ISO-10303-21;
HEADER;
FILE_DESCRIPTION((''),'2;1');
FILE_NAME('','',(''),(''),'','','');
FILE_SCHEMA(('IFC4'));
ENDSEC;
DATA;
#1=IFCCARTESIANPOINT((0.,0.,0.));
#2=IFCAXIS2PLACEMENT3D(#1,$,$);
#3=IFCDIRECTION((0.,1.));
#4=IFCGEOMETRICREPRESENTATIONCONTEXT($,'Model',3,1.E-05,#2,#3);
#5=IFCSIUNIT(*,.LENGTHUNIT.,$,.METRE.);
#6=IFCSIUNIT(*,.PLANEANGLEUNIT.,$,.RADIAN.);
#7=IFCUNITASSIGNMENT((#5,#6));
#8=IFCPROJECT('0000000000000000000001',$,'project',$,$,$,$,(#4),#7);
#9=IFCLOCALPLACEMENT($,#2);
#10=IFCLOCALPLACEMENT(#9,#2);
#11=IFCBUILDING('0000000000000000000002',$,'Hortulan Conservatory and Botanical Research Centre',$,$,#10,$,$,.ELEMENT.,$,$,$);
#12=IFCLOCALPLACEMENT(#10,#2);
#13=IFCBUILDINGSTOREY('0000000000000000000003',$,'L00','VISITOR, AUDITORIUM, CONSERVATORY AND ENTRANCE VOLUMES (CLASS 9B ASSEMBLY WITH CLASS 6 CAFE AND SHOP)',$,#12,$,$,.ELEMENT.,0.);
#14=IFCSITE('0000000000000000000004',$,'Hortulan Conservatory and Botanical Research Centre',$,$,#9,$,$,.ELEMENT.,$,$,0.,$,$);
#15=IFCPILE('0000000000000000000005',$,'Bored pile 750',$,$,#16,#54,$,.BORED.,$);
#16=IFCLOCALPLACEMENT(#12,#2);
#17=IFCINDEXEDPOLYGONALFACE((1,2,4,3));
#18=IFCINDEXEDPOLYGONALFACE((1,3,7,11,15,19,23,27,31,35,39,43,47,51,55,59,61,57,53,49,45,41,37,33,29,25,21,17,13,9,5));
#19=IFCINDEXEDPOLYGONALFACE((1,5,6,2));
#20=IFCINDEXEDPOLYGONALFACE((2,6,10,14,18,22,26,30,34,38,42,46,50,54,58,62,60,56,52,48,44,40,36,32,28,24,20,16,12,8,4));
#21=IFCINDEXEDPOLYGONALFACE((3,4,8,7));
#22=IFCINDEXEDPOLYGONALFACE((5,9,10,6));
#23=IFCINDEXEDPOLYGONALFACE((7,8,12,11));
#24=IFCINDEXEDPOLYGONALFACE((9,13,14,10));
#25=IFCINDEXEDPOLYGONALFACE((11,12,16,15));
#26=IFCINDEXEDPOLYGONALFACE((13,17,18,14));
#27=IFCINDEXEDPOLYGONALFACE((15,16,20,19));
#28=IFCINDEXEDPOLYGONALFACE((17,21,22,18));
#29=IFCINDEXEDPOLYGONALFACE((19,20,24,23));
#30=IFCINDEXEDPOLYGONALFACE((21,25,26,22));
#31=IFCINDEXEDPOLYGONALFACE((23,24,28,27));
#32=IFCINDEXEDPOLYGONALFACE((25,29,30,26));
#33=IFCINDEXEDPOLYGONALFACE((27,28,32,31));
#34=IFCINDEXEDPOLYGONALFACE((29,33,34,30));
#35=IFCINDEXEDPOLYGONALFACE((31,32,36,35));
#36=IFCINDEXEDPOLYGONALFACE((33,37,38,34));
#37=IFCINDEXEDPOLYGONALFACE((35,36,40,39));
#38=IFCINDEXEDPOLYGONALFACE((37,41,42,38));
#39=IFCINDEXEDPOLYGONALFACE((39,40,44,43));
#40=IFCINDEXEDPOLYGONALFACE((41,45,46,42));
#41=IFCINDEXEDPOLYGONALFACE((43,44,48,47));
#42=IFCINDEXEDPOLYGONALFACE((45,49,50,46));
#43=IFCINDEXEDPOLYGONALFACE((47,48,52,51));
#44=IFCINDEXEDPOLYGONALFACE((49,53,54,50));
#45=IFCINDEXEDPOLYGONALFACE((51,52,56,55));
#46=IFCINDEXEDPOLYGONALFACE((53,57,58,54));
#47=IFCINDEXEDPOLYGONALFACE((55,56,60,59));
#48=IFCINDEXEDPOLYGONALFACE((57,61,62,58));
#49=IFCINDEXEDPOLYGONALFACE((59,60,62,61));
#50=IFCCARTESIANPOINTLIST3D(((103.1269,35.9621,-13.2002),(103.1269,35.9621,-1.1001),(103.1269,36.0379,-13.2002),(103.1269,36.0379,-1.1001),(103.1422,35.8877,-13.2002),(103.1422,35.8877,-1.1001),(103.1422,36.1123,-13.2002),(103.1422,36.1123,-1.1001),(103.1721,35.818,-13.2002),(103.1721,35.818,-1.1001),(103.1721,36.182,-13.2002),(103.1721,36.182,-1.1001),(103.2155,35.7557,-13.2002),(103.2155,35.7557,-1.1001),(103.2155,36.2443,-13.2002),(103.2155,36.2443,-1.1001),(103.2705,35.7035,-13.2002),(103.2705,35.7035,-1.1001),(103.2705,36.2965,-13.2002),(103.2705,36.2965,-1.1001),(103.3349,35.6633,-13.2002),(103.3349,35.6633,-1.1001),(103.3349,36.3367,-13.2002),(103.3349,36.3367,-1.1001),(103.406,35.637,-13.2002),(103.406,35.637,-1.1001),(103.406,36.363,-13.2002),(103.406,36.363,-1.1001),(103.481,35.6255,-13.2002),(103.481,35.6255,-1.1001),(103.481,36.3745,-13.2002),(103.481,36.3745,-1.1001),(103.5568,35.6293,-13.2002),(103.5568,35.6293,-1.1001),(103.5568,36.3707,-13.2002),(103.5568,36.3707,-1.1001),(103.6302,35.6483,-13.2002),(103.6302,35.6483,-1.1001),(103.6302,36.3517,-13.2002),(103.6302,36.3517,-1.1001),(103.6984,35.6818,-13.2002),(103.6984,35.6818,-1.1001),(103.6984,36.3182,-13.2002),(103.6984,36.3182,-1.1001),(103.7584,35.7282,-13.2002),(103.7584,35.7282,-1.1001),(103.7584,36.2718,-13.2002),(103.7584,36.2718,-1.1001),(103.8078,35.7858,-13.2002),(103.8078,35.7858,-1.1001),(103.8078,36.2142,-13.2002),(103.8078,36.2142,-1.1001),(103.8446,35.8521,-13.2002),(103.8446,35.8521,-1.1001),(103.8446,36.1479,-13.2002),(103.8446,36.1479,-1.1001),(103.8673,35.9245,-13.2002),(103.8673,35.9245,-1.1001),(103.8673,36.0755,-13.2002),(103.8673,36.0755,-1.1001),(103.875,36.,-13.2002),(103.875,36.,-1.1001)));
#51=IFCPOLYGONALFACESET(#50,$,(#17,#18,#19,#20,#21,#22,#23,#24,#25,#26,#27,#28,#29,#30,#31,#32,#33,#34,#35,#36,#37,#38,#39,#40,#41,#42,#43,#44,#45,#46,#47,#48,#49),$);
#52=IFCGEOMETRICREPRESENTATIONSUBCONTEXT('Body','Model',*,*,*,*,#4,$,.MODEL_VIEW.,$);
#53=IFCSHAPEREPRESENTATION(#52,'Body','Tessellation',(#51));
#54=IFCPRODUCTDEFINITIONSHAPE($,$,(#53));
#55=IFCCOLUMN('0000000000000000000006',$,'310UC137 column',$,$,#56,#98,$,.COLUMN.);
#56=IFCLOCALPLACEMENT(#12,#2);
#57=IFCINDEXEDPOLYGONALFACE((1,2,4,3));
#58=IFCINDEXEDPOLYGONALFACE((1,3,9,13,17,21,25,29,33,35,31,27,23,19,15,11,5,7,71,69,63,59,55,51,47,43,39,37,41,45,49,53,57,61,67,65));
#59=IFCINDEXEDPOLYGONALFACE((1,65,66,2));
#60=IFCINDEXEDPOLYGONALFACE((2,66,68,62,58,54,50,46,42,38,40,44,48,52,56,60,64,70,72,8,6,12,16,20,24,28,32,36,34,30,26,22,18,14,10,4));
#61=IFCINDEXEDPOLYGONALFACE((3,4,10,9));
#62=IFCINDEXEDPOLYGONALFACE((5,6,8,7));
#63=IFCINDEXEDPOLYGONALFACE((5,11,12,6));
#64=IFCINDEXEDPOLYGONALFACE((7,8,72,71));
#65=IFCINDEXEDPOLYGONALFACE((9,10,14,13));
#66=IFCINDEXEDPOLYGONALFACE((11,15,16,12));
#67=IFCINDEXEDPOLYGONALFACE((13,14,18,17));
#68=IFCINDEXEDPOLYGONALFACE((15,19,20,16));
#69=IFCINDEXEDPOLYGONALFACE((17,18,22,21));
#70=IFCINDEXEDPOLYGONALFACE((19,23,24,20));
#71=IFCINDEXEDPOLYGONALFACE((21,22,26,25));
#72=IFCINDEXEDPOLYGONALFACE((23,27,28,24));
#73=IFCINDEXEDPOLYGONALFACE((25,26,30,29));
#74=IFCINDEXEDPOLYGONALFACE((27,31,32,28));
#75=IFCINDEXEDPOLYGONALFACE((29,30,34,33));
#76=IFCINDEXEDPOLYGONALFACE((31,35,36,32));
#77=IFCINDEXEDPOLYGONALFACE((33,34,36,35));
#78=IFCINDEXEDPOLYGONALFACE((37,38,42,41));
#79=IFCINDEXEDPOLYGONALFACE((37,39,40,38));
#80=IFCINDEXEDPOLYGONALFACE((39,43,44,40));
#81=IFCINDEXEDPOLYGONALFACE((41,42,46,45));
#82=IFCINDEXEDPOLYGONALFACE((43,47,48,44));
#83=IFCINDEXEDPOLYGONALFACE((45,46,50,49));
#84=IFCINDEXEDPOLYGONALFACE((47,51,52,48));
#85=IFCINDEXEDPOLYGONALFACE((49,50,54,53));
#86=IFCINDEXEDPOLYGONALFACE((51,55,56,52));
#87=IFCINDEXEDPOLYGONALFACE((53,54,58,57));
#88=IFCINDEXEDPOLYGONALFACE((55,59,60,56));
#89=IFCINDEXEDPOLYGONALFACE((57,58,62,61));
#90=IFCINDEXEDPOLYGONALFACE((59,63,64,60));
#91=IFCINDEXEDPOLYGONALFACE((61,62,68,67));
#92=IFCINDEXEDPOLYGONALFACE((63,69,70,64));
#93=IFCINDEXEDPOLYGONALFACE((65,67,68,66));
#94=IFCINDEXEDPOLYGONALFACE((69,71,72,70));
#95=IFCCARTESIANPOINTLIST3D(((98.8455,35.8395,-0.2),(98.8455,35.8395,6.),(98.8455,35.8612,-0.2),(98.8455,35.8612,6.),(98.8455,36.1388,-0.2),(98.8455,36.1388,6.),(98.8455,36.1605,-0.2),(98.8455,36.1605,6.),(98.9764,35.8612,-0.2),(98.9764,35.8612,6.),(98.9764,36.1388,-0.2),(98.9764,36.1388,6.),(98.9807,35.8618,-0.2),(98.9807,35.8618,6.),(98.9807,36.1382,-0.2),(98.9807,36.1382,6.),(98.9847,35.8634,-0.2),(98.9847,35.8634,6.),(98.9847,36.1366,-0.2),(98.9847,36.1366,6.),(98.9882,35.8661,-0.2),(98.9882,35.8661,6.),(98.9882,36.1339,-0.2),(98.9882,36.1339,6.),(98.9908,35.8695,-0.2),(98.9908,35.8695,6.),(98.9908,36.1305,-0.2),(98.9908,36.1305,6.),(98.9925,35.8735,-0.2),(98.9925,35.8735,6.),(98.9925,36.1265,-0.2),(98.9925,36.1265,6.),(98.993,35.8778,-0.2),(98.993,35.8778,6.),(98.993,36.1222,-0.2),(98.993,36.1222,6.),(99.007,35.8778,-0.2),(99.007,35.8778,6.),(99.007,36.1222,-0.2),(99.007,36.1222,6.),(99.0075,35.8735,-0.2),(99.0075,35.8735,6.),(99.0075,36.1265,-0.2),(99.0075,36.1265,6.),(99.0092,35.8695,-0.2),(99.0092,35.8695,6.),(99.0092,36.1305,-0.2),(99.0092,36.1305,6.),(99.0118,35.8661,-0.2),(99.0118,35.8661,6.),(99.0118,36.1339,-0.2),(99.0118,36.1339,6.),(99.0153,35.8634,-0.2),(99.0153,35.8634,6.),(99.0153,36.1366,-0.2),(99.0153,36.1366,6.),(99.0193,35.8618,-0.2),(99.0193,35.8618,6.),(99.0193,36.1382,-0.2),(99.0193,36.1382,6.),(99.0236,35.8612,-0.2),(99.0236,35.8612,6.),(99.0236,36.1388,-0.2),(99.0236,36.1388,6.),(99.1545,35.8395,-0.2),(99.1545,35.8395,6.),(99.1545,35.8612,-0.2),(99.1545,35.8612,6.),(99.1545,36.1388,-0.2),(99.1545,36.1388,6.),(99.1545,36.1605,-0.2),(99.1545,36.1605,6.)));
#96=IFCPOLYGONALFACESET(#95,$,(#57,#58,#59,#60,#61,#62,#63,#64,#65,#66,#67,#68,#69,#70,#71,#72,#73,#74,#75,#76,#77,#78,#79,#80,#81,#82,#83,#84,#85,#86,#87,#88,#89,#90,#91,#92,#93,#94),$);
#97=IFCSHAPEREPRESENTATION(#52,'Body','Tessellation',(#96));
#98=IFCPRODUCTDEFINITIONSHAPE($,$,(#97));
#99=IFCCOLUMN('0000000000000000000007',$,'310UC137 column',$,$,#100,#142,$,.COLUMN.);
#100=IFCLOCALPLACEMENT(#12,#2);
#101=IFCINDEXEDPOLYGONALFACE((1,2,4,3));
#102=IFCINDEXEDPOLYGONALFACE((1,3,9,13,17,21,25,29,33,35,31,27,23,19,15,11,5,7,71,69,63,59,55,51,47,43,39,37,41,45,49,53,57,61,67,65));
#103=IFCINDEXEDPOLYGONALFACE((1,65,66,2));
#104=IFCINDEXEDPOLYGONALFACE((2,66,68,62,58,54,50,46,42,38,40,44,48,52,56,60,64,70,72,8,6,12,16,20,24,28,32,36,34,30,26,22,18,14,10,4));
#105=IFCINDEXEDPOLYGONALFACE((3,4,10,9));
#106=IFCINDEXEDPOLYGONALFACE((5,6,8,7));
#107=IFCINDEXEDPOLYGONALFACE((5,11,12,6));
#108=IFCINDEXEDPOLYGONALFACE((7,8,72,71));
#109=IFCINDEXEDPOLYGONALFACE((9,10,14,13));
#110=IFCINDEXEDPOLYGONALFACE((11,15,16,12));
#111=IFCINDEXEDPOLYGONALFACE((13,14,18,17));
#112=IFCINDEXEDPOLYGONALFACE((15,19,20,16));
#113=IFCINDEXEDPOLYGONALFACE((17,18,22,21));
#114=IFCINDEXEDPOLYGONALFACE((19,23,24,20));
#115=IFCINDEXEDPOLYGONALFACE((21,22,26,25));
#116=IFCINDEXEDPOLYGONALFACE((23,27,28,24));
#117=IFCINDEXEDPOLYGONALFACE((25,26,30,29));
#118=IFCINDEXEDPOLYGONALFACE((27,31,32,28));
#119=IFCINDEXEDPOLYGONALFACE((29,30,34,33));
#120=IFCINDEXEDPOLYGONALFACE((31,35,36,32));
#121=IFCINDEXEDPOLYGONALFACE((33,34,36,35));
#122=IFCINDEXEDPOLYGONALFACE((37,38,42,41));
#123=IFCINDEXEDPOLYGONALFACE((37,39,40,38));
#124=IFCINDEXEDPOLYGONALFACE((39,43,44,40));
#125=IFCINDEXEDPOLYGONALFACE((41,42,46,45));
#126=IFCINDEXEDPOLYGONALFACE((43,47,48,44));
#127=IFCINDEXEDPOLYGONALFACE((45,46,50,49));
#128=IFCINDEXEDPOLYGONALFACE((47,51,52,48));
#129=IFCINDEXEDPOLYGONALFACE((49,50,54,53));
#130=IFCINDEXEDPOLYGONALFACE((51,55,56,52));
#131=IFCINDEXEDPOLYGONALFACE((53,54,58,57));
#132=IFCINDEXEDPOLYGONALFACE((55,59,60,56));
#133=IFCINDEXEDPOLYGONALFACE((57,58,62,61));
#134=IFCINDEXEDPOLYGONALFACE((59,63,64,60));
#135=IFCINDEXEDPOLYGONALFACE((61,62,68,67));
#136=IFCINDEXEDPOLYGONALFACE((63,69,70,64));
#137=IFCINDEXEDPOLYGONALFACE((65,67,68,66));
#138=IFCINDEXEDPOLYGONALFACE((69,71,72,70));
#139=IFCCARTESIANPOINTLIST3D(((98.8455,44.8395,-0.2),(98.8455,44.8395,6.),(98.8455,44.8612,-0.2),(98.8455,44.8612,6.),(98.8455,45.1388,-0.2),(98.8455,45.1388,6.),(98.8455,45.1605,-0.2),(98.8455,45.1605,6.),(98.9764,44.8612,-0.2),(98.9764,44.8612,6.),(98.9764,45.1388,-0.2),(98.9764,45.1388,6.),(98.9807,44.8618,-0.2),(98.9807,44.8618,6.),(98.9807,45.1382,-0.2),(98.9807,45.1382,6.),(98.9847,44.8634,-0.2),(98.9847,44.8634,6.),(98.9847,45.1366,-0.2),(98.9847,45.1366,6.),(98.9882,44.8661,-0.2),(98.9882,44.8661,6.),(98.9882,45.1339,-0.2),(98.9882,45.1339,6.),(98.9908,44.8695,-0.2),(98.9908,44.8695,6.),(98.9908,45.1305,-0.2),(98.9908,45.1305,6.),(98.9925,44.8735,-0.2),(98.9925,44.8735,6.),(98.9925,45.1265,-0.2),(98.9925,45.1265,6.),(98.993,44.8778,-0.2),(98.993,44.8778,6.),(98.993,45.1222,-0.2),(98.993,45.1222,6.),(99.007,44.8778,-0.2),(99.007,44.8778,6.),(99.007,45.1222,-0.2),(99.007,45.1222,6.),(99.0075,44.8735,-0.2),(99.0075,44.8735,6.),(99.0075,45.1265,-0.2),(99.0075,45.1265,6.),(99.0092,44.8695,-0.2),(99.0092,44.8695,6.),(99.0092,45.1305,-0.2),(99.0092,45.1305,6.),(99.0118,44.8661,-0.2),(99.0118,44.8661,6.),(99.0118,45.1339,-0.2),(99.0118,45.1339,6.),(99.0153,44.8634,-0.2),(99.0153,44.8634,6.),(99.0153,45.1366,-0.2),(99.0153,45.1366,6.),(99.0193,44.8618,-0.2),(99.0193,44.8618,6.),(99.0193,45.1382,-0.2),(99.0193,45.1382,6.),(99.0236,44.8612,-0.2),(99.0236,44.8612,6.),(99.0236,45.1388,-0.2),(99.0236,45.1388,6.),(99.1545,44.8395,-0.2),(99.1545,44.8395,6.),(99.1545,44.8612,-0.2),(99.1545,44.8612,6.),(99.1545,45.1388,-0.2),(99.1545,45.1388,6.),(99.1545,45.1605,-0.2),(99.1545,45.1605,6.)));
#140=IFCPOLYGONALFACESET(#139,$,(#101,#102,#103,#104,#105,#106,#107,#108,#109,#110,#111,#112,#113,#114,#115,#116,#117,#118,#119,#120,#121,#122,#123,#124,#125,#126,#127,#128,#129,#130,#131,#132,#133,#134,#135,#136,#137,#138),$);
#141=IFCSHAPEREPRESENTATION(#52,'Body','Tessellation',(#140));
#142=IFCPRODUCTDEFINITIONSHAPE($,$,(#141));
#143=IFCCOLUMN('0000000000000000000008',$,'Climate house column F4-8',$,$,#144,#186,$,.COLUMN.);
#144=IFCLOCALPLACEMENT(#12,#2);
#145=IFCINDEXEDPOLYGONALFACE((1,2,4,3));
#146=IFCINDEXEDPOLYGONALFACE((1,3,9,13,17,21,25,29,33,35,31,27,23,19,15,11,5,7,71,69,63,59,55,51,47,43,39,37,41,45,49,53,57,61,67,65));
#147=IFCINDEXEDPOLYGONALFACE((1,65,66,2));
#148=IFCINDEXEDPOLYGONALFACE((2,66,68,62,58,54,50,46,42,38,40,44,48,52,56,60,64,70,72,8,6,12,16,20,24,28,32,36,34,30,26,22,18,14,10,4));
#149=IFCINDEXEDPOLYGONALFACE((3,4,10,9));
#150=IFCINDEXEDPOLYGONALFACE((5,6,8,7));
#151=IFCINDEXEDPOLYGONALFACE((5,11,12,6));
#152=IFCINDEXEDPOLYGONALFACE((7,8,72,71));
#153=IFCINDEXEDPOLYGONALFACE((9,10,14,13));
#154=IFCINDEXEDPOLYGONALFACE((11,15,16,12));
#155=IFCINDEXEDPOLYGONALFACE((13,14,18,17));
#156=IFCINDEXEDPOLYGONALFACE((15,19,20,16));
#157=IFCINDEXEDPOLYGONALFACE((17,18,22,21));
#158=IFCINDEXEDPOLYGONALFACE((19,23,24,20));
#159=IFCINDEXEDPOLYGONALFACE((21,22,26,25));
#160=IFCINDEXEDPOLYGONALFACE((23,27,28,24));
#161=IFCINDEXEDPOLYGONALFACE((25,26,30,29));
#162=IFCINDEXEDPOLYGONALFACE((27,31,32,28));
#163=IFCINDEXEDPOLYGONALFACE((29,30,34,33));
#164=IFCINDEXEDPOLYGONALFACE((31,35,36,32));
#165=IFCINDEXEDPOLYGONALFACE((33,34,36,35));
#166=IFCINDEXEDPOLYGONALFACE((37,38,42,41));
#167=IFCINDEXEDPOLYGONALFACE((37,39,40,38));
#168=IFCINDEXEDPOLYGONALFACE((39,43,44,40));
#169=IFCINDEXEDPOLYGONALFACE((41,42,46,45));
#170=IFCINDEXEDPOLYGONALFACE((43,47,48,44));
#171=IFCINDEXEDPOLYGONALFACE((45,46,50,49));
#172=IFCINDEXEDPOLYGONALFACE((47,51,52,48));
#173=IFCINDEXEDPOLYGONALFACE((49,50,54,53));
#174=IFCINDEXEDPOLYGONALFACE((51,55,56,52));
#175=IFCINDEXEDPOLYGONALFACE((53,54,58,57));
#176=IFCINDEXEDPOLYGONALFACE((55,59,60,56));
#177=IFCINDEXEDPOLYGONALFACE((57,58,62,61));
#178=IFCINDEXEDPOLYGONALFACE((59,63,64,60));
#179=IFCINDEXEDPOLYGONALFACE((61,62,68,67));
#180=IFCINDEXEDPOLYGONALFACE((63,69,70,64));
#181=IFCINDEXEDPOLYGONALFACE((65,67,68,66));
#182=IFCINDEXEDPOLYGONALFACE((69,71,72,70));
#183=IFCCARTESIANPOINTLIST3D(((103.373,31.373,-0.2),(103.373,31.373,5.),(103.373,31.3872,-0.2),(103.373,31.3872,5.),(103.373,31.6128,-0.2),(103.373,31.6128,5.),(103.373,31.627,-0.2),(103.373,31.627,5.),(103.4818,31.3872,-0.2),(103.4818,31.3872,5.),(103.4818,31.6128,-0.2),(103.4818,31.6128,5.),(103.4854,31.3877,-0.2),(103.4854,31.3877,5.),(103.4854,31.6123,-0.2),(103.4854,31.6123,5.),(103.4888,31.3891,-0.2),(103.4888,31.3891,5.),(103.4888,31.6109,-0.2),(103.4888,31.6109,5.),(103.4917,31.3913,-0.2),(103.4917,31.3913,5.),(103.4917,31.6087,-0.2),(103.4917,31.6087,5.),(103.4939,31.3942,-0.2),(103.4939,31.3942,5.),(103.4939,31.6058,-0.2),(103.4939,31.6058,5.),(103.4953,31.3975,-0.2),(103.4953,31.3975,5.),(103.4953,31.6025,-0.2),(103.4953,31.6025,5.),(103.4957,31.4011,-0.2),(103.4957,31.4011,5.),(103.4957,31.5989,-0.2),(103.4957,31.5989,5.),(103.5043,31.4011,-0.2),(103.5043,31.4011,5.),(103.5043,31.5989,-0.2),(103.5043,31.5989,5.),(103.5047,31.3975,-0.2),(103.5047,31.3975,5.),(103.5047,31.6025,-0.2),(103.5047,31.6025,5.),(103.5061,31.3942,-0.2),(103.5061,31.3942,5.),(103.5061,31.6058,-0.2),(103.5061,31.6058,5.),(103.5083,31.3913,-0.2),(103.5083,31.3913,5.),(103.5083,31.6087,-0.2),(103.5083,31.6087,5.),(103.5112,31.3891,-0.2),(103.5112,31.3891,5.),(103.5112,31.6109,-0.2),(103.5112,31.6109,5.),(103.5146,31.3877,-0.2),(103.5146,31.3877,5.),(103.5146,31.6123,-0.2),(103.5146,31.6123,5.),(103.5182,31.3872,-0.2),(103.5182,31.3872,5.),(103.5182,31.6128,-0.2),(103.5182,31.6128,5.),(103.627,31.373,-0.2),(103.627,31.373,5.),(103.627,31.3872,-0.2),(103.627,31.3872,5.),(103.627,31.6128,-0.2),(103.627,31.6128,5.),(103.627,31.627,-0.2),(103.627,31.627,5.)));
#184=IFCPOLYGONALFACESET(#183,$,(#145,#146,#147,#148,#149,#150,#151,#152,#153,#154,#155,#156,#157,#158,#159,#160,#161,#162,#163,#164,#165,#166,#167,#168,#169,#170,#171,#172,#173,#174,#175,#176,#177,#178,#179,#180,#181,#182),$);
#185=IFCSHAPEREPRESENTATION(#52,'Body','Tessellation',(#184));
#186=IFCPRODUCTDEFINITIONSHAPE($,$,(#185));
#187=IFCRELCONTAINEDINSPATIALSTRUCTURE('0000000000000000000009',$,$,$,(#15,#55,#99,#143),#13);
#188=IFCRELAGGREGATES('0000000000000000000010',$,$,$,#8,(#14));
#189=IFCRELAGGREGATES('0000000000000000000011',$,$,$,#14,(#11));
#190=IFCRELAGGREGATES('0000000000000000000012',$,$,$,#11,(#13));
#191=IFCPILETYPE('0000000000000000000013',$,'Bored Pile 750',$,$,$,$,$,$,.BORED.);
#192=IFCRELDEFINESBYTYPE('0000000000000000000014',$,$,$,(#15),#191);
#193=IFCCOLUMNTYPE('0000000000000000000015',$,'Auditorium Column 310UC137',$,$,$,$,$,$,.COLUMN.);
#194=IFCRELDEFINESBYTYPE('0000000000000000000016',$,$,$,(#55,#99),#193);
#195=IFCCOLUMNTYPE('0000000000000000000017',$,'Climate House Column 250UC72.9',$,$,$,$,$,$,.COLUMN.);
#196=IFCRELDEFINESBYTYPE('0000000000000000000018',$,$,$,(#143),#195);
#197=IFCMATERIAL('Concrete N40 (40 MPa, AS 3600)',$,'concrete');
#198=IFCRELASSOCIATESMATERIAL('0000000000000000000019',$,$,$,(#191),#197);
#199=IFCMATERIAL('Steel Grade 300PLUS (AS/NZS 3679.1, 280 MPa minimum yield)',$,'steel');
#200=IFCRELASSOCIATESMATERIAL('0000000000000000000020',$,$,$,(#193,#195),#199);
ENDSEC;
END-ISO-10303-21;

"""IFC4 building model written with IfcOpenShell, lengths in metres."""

from ifc_helpers import new_model, si_unit, direction, frame, origin, origin_2d, place, context, subcontext, project, spatial, circle, i_section, extrude, material, material_profile, profile_set, type_object, element, save


model = new_model("IFC4")

# Units and contexts
model_context = context("Model", 3, precision=1e-05, world=origin(), true_north=direction((0.0, 1.0)))
body_context = subcontext(model_context, "Body", "Model", "MODEL_VIEW")
ifc_project = project(units=[si_unit("LENGTHUNIT", "METRE"), si_unit("PLANEANGLEUNIT", "RADIAN")], contexts=[model_context])

# Site, building, storey
site_placement = place(None, origin())
site = spatial("IfcSite", under=ifc_project, at=site_placement, Name="Hortulan Conservatory and Botanical Research Centre", CompositionType="ELEMENT", RefElevation=0.0)
building_placement = place(site_placement, origin())
building = spatial("IfcBuilding", under=site, at=building_placement, Name="Hortulan Conservatory and Botanical Research Centre", CompositionType="ELEMENT")
storey_placement = place(building_placement, origin())
storey = spatial("IfcBuildingStorey", under=building, at=storey_placement, Name="L00", Description="VISITOR, AUDITORIUM, CONSERVATORY AND ENTRANCE VOLUMES (CLASS 9B ASSEMBLY WITH CLASS 6 CAFE AND SHOP)", CompositionType="ELEMENT", Elevation=0.0)

# Pile
ifc_material_1 = material(Name="Concrete N40 (40 MPa, AS 3600)", Category="concrete")
ifc_material_profile_1 = material_profile(ifc_material_1, circle(Radius=0.375, at=origin_2d()), Name="Bored pile 750 diameter")
ifc_profile_set_1 = profile_set([ifc_material_profile_1], Name="Concrete N40 (40 MPa, AS 3600)")
pile_type = type_object("IfcPileType", Name="Bored Pile 750", PredefinedType="BORED", material=ifc_profile_set_1)
pile_placement = place(storey_placement, frame((103.5, 36.0, -1.1001), z_axis=(0.0, 0.0, -1.0), x_axis=(1.0, 0.0, 0.0)))
element("IfcPile", 1, at=pile_placement, inside=storey, type_object=pile_type, Name="Bored pile 750", PredefinedType="BORED", context=body_context, shape_type="SweptSolid", body=[
    extrude(circle(Radius=0.375, at=origin_2d()), origin(), (0.0, 0.0, 1.0), 12.1001),
])

# Columns
ifc_material_2 = material(Name="Steel Grade 300PLUS (AS/NZS 3679.1, 280 MPa minimum yield)", Category="steel")
ifc_material_profile_2 = material_profile(ifc_material_2, i_section(OverallWidth=0.3091, OverallDepth=0.321, WebThickness=0.0139, FlangeThickness=0.0217, FilletRadius=0.0166, at=origin_2d()), Name="310UC137")
ifc_profile_set_2 = profile_set([ifc_material_profile_2], Name="Steel Grade 300PLUS (AS/NZS 3679.1, 280 MPa minimum yield)")
column_type_1 = type_object("IfcColumnType", Name="Auditorium Column 310UC137", PredefinedType="COLUMN", material=ifc_profile_set_2)
for number, where, z_axis, x_axis, name in (
    (2, (99.0, 36.0, -0.2), (0.0, 0.0, 1.0), (1.0, 0.0, 0.0), "310UC137 column"),
    (3, (99.0, 45.0, -0.2), (0.0, 0.0, 1.0), (1.0, 0.0, 0.0), "310UC137 column"),
):
    element("IfcColumn", number, at=place(storey_placement, frame(where, z_axis=z_axis, x_axis=x_axis)), inside=storey, type_object=column_type_1, Name=name, PredefinedType="COLUMN", context=body_context, shape_type="SweptSolid", body=[
        extrude(i_section(OverallWidth=0.3091, OverallDepth=0.321, WebThickness=0.0139, FlangeThickness=0.0217, FilletRadius=0.0166, at=origin_2d()), origin(), (0.0, 0.0, 1.0), 6.2),
    ])
ifc_material_profile_3 = material_profile(ifc_material_2, i_section(OverallWidth=0.2539, OverallDepth=0.2539, WebThickness=0.0085, FlangeThickness=0.0142, FilletRadius=0.0139, at=origin_2d()), Name="250UC72.9")
ifc_profile_set_3 = profile_set([ifc_material_profile_3], Name="Steel Grade 300PLUS (AS/NZS 3679.1, 280 MPa minimum yield)")
column_type_2 = type_object("IfcColumnType", Name="Climate House Column 250UC72.9", PredefinedType="COLUMN", material=ifc_profile_set_3)
column_1_placement = place(storey_placement, frame((103.5, 31.5, -0.2), z_axis=(0.0, 0.0, 1.0), x_axis=(1.0, 0.0, 0.0)))
element("IfcColumn", 4, at=column_1_placement, inside=storey, type_object=column_type_2, Name="Climate house column F4-8", PredefinedType="COLUMN", context=body_context, shape_type="SweptSolid", body=[
    extrude(i_section(OverallWidth=0.2539, OverallDepth=0.2539, WebThickness=0.0085, FlangeThickness=0.0142, FilletRadius=0.0139, at=origin_2d()), origin(), (0.0, 0.0, 1.0), 5.2),
])

save(model, "model.ifc")
